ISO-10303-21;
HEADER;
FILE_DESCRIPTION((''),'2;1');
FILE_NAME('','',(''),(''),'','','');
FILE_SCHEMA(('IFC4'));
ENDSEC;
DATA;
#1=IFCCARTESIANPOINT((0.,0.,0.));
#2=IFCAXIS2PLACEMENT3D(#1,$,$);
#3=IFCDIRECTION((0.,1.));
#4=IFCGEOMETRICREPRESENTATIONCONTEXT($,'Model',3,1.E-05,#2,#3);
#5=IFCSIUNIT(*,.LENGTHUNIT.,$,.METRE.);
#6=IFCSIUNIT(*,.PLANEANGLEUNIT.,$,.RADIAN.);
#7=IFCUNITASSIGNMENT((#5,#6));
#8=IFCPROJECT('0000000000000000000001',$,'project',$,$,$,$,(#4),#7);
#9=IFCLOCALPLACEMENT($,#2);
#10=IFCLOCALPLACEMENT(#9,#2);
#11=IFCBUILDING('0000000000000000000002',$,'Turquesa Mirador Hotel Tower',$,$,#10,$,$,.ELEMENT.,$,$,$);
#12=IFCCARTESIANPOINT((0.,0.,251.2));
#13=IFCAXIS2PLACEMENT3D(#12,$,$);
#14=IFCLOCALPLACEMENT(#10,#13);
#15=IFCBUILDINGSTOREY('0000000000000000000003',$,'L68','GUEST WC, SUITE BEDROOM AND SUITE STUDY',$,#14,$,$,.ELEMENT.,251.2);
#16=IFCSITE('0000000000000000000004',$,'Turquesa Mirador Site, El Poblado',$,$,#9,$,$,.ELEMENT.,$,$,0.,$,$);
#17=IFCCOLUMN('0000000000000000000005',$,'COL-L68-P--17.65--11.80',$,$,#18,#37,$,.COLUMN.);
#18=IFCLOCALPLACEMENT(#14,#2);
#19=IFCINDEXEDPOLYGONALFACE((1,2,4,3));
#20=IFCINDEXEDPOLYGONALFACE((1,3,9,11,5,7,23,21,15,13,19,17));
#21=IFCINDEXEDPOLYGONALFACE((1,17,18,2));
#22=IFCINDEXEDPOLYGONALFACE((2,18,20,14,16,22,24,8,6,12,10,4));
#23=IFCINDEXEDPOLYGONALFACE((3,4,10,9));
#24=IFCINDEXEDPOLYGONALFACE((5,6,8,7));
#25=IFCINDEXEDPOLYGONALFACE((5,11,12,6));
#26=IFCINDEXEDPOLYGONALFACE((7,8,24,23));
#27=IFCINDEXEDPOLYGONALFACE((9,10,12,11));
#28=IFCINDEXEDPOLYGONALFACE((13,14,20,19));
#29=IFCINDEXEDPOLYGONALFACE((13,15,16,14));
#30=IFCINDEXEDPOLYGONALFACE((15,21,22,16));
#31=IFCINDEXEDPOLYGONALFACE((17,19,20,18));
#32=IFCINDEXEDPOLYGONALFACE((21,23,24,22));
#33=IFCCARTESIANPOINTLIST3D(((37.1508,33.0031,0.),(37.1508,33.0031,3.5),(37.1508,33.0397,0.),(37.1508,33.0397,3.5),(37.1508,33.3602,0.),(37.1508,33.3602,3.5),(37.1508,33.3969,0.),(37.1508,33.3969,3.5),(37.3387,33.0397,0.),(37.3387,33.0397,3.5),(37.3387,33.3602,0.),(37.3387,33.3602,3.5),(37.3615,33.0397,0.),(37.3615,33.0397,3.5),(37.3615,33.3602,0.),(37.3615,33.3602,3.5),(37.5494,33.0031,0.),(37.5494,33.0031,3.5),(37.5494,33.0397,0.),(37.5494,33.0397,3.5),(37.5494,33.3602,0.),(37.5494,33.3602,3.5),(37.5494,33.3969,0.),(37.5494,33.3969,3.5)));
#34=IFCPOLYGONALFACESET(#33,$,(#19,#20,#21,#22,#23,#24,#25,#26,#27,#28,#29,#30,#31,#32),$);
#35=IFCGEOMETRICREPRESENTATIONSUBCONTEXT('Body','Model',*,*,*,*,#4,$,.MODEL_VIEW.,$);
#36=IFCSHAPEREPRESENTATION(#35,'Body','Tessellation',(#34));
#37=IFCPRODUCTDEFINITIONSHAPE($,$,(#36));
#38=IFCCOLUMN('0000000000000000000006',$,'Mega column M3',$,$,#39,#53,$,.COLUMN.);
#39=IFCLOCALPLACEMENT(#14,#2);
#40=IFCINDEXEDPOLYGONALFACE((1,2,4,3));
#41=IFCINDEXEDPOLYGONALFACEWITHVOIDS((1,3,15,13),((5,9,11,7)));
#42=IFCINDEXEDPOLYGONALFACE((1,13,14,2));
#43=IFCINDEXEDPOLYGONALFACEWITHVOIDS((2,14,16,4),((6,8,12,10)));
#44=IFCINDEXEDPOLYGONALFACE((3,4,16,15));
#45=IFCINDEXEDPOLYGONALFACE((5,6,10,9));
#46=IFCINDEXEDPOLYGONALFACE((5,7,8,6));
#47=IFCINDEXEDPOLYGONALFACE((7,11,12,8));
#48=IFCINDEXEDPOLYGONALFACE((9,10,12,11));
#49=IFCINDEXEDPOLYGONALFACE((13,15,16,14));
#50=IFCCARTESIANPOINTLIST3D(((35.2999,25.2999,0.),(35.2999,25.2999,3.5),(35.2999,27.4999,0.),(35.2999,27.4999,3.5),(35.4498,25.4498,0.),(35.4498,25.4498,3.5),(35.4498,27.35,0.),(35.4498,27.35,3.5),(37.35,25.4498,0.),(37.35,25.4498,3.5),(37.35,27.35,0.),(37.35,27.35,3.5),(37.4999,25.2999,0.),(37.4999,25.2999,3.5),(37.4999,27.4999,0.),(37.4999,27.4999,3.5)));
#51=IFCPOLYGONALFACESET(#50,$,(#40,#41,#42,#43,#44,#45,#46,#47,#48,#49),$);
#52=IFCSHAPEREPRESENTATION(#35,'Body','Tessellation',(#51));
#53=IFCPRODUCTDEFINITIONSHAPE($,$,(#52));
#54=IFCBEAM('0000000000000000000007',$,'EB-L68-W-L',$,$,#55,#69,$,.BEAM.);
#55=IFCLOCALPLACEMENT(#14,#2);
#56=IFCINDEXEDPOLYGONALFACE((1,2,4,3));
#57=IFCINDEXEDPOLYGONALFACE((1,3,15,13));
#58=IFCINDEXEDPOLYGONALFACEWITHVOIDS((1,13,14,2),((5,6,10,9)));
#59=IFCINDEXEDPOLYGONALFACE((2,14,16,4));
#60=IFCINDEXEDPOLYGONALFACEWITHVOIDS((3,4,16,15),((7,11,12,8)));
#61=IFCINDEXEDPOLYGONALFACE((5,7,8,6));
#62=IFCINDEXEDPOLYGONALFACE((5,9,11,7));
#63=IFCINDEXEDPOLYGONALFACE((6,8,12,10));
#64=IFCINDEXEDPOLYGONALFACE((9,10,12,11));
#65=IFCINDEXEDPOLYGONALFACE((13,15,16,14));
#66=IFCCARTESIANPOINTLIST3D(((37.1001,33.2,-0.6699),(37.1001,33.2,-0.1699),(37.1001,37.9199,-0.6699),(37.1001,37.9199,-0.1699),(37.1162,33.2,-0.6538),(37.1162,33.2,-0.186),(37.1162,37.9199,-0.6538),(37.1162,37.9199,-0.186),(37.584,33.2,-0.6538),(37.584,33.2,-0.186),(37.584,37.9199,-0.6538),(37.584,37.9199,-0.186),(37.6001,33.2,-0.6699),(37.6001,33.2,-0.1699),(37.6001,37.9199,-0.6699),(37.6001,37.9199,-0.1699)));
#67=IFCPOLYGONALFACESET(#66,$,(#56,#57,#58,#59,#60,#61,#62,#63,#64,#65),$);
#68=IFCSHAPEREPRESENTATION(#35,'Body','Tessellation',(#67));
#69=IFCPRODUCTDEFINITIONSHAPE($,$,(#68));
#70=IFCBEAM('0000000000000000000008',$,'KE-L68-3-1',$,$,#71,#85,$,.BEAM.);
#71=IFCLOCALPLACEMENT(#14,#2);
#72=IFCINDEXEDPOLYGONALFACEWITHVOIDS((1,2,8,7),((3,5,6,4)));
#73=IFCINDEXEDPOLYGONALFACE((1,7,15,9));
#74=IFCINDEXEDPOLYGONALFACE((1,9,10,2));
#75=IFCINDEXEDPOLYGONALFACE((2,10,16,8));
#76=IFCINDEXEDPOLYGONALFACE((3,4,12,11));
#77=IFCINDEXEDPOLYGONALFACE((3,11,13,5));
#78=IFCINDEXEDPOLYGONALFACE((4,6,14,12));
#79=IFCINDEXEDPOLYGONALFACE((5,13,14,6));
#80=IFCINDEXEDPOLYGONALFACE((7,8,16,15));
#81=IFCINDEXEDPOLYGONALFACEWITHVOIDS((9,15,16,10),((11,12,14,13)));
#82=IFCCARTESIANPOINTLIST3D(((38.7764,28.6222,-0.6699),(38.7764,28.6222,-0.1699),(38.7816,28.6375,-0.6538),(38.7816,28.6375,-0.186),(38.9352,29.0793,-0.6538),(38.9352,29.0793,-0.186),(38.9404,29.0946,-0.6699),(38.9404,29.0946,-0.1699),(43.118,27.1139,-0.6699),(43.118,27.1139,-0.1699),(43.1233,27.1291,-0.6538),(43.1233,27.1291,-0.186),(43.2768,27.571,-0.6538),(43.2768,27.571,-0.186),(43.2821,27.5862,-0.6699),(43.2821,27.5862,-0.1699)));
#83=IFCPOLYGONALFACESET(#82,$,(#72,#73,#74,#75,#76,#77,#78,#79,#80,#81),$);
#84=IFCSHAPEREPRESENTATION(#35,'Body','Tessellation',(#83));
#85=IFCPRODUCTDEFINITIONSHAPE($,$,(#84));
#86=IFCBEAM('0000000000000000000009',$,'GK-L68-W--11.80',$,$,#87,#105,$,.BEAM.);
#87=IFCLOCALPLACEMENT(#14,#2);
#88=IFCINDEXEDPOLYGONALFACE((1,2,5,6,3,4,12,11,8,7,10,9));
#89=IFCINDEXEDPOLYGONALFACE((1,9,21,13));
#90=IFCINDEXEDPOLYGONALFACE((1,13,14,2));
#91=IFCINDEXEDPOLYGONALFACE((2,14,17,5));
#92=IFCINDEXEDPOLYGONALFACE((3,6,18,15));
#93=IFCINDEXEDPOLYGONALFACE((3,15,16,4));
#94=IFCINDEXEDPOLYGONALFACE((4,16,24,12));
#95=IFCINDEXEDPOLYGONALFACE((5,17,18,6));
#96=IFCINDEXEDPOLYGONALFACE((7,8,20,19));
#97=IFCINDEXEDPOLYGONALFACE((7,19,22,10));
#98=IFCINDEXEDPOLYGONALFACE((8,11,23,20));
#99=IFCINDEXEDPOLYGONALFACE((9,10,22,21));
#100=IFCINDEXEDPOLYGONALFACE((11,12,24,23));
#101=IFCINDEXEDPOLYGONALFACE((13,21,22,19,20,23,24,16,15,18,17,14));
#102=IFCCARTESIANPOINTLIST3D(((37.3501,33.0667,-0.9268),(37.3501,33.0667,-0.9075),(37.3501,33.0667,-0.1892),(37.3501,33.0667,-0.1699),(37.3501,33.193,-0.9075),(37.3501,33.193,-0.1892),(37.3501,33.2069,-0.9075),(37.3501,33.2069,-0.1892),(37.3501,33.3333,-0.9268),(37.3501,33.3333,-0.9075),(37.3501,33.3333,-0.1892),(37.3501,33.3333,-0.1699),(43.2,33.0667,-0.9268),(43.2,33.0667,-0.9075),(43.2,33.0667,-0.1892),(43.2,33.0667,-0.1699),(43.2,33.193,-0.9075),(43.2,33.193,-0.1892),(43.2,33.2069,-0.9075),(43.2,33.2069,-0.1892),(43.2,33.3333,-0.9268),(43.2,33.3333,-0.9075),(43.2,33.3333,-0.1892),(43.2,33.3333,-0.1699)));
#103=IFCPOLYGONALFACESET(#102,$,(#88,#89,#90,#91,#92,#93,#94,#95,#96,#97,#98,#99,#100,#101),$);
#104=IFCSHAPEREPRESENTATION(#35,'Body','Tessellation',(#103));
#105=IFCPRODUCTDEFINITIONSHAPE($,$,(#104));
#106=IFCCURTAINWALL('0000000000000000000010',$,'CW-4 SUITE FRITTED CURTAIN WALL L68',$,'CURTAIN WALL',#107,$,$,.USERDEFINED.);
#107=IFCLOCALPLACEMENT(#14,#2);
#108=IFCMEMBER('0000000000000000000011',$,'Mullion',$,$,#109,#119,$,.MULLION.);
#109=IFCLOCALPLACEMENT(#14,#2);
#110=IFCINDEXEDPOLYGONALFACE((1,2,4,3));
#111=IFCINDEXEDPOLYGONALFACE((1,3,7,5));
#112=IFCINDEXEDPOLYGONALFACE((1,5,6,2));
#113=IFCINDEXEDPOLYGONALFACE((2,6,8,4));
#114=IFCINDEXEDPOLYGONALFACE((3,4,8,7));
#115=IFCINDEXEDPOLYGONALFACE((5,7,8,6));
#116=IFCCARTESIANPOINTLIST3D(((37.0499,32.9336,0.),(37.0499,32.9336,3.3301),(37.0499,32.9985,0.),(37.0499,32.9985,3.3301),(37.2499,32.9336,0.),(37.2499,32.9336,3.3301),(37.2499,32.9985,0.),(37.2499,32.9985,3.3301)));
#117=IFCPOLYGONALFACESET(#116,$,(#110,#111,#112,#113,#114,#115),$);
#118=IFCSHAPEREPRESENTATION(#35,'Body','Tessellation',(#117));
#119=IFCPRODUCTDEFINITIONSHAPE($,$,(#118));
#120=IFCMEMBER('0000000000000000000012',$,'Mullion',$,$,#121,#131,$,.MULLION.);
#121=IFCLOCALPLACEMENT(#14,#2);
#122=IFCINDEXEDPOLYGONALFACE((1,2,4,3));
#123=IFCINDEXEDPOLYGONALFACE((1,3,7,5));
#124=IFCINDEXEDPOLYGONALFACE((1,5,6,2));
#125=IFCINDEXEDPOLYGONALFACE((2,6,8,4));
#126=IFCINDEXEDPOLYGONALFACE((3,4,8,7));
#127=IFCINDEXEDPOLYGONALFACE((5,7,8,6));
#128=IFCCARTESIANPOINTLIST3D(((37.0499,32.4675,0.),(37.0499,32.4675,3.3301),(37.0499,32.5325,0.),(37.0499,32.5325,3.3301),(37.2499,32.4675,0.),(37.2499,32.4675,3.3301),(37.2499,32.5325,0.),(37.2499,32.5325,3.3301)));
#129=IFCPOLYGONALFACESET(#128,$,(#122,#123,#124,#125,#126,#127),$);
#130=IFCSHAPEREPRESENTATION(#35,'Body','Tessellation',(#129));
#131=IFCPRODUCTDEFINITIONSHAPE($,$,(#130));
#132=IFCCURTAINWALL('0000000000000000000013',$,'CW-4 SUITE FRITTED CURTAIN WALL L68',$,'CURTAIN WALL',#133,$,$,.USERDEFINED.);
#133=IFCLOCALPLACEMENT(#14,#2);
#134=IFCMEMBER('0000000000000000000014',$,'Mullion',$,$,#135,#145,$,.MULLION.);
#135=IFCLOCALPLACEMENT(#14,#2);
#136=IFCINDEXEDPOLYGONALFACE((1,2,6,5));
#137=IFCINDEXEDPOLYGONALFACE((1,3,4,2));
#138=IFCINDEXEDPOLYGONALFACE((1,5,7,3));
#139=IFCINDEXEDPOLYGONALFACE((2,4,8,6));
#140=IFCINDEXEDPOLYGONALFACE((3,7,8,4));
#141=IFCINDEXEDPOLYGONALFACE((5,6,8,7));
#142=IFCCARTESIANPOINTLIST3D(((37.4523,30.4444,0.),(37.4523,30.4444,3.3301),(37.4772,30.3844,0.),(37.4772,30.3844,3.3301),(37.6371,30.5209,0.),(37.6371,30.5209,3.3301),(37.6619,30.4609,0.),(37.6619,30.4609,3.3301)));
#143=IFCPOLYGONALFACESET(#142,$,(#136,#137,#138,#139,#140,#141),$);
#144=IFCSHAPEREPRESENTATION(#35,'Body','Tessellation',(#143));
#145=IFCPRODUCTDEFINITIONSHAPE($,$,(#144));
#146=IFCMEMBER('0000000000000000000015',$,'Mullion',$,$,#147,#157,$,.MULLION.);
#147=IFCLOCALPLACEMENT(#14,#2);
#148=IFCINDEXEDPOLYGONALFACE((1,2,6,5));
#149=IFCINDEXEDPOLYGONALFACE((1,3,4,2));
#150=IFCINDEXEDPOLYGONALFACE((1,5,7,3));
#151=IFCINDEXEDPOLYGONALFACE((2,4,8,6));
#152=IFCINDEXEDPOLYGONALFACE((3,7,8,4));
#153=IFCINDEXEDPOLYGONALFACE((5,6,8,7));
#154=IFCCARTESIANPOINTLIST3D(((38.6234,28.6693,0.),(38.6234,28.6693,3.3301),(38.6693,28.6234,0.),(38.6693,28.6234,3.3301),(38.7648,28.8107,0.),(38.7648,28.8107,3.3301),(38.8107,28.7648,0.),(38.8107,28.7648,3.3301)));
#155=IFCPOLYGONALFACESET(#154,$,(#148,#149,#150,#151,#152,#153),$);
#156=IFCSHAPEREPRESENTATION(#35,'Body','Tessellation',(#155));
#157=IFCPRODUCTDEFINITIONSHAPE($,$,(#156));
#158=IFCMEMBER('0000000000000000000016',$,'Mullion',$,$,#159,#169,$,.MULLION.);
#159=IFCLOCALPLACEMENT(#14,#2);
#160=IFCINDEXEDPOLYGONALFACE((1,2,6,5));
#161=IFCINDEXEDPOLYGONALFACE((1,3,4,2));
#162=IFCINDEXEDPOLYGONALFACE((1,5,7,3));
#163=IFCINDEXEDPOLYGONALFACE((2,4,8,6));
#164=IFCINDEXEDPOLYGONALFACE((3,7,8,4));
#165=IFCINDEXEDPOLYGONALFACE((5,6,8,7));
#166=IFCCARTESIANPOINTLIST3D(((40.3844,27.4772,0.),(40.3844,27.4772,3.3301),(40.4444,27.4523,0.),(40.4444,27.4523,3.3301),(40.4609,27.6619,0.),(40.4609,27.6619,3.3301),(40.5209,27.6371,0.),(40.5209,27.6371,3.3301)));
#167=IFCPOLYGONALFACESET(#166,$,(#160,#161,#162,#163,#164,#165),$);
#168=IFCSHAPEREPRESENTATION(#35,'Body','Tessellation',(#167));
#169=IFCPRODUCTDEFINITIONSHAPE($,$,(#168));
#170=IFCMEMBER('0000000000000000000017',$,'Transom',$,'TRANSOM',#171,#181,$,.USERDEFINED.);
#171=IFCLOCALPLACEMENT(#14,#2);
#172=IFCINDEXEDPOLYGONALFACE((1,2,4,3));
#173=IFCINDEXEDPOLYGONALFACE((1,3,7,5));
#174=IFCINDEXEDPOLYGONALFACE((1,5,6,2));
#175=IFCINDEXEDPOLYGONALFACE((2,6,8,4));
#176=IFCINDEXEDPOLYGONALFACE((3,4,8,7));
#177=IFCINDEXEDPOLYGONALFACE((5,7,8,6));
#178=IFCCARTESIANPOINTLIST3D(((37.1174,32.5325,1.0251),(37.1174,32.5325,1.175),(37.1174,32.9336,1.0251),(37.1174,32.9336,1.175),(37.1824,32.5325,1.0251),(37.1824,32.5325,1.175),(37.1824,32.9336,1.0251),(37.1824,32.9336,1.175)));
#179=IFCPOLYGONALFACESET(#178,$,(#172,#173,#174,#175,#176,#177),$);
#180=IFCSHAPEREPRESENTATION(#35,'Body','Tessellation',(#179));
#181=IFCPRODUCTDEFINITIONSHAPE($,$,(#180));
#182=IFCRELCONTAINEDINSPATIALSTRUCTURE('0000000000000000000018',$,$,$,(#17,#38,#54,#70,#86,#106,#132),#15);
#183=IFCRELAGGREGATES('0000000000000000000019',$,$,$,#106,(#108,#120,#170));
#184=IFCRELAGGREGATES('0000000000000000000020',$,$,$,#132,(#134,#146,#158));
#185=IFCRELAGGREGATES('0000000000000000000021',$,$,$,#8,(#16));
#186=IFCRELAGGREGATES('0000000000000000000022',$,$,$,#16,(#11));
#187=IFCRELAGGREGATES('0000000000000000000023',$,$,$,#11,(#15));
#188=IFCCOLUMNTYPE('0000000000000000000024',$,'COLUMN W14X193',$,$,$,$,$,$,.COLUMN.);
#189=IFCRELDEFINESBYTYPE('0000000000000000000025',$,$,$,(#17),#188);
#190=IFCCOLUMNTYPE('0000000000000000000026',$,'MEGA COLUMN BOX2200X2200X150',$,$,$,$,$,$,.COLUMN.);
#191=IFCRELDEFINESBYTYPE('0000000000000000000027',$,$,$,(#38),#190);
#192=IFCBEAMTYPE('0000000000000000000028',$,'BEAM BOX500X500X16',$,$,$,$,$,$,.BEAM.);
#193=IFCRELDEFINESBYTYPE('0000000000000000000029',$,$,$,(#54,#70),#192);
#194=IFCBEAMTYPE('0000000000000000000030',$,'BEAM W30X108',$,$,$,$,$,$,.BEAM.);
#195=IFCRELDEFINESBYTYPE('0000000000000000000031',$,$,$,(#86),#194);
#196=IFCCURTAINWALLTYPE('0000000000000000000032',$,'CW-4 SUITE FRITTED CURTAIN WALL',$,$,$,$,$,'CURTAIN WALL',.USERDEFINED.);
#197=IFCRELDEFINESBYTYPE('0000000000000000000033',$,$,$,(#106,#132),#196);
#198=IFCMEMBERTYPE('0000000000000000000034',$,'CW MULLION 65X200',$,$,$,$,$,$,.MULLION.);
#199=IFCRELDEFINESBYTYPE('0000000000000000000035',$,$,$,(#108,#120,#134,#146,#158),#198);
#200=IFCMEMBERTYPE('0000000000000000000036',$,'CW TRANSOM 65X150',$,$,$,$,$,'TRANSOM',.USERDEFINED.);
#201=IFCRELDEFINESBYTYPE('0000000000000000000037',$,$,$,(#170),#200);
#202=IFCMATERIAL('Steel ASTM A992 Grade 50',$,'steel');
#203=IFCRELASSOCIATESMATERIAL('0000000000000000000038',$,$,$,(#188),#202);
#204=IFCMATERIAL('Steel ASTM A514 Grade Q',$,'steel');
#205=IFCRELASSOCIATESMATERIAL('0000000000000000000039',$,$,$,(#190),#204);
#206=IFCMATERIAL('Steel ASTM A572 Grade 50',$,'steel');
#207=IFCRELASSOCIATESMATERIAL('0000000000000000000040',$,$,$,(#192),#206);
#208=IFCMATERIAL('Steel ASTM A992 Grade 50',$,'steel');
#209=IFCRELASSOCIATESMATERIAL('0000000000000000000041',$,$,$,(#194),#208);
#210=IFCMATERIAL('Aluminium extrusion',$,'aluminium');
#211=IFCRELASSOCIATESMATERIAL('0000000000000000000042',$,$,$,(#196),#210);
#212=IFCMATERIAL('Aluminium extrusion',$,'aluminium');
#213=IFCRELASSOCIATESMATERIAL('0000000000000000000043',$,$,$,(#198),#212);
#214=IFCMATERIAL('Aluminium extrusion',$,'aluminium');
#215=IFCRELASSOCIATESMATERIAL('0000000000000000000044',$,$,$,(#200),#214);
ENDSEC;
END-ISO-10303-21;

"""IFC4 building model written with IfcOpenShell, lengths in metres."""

from ifc_helpers import new_model, si_unit, direction, frame, origin, origin_2d, place, context, subcontext, project, spatial, rectangle, hollow_rectangle, i_section, extrude, material, material_profile, profile_set, type_object, element, aggregate, save


model = new_model("IFC4")

# Units and contexts
model_context = context("Model", 3, precision=1e-05, world=origin(), true_north=direction((0.0, 1.0)))
body_context = subcontext(model_context, "Body", "Model", "MODEL_VIEW")
ifc_project = project(units=[si_unit("LENGTHUNIT", "METRE"), si_unit("PLANEANGLEUNIT", "RADIAN")], contexts=[model_context])

# Site, building, storey
site_placement = place(None, origin())
site = spatial("IfcSite", under=ifc_project, at=site_placement, Name="Turquesa Mirador Site, El Poblado", CompositionType="ELEMENT", RefElevation=0.0)
building_placement = place(site_placement, origin())
building = spatial("IfcBuilding", under=site, at=building_placement, Name="Turquesa Mirador Hotel Tower", CompositionType="ELEMENT")
storey_placement = place(building_placement, frame((0.0, 0.0, 251.2)))
storey = spatial("IfcBuildingStorey", under=building, at=storey_placement, Name="L68", Description="GUEST WC, SUITE BEDROOM AND SUITE STUDY", CompositionType="ELEMENT", Elevation=251.2)

# Columns
ifc_material_1 = material(Name="Steel ASTM A992 Grade 50", Category="steel")
ifc_material_profile_1 = material_profile(ifc_material_1, i_section(OverallWidth=0.3987, OverallDepth=0.3938, WebThickness=0.0227, FlangeThickness=0.0366, at=origin_2d()), Name="W14X193")
ifc_profile_set_1 = profile_set([ifc_material_profile_1], Name="Steel ASTM A992 Grade 50")
column_type_1 = type_object("IfcColumnType", Name="COLUMN W14X193", PredefinedType="COLUMN", material=ifc_profile_set_1)
column_1_placement = place(storey_placement, frame((37.3501, 33.2, 0.0), z_axis=(0.0, 0.0, 1.0), x_axis=(1.0, 0.0, 0.0)))
element("IfcColumn", 1, at=column_1_placement, inside=storey, type_object=column_type_1, Name="COL-L68-P--17.65--11.80", PredefinedType="COLUMN", context=body_context, shape_type="SweptSolid", body=[
    extrude(i_section(OverallWidth=0.3987, OverallDepth=0.3938, WebThickness=0.0227, FlangeThickness=0.0366, at=origin_2d()), origin(), (0.0, 0.0, 1.0), 3.5),
])
ifc_material_2 = material(Name="Steel ASTM A514 Grade Q", Category="steel")
ifc_material_profile_2 = material_profile(ifc_material_2, hollow_rectangle(XDim=2.2, YDim=2.2, WallThickness=0.1499, at=origin_2d()), Name="BOX2200X2200X150")
ifc_profile_set_2 = profile_set([ifc_material_profile_2], Name="Steel ASTM A514 Grade Q")
column_type_2 = type_object("IfcColumnType", Name="MEGA COLUMN BOX2200X2200X150", PredefinedType="COLUMN", material=ifc_profile_set_2)
column_2_placement = place(storey_placement, frame((36.3999, 26.3999, 0.0), z_axis=(0.0, 0.0, 1.0), x_axis=(1.0, 0.0, 0.0)))
element("IfcColumn", 2, at=column_2_placement, inside=storey, type_object=column_type_2, Name="Mega column M3", PredefinedType="COLUMN", context=body_context, shape_type="SweptSolid", body=[
    extrude(hollow_rectangle(XDim=2.2, YDim=2.2, WallThickness=0.1499, at=origin_2d()), origin(), (0.0, 0.0, 1.0), 3.5),
])

# Beams
ifc_material_3 = material(Name="Steel ASTM A572 Grade 50", Category="steel")
ifc_material_profile_3 = material_profile(ifc_material_3, hollow_rectangle(XDim=0.5, YDim=0.5, WallThickness=0.0161, at=origin_2d()), Name="BOX500X500X16")
ifc_profile_set_3 = profile_set([ifc_material_profile_3], Name="Steel ASTM A572 Grade 50")
beam_type_1 = type_object("IfcBeamType", Name="BEAM BOX500X500X16", PredefinedType="BEAM", material=ifc_profile_set_3)
beam_1_placement = place(storey_placement, frame((37.3501, 33.2, -0.4199), z_axis=(0.0, 1.0, 0.0), x_axis=(-1.0, 0.0, 0.0)))
element("IfcBeam", 3, at=beam_1_placement, inside=storey, type_object=beam_type_1, Name="EB-L68-W-L", PredefinedType="BEAM", context=body_context, shape_type="SweptSolid", body=[
    extrude(hollow_rectangle(XDim=0.5, YDim=0.5, WallThickness=0.0161, at=origin_2d()), origin(), (0.0, 0.0, 1.0), 4.72),
])
beam_2_placement = place(storey_placement, frame((38.8584, 28.8584, -0.4199), z_axis=(0.944619, -0.32817, 0.0), x_axis=(0.32817, 0.944619, 0.0)))
element("IfcBeam", 4, at=beam_2_placement, inside=storey, type_object=beam_type_1, Name="KE-L68-3-1", PredefinedType="BEAM", context=body_context, shape_type="SweptSolid", body=[
    extrude(hollow_rectangle(XDim=0.5, YDim=0.5, WallThickness=0.0161, at=origin_2d()), origin(), (0.0, 0.0, 1.0), 4.5962),
])
ifc_material_4 = material(Name="Steel ASTM A992 Grade 50", Category="steel")
ifc_material_profile_4 = material_profile(ifc_material_4, i_section(OverallWidth=0.2666, OverallDepth=0.7568, WebThickness=0.0139, FlangeThickness=0.0193, at=origin_2d()), Name="W30X108")
ifc_profile_set_4 = profile_set([ifc_material_profile_4], Name="Steel ASTM A992 Grade 50")
beam_type_2 = type_object("IfcBeamType", Name="BEAM W30X108", PredefinedType="BEAM", material=ifc_profile_set_4)
beam_3_placement = place(storey_placement, frame((37.3501, 33.2, -0.5483), z_axis=(1.0, 0.0, 0.0), x_axis=(0.0, 1.0, 0.0)))
element("IfcBeam", 5, at=beam_3_placement, inside=storey, type_object=beam_type_2, Name="GK-L68-W--11.80", PredefinedType="BEAM", context=body_context, shape_type="SweptSolid", body=[
    extrude(i_section(OverallWidth=0.2666, OverallDepth=0.7568, WebThickness=0.0139, FlangeThickness=0.0193, at=origin_2d()), origin(), (0.0, 0.0, 1.0), 5.8499),
])

# Curtain walls, members
ifc_material_5 = material(Name="Aluminium extrusion", Category="aluminium")
curtain_wall_type = type_object("IfcCurtainWallType", Name="CW-4 SUITE FRITTED CURTAIN WALL", ElementType="CURTAIN WALL", PredefinedType="USERDEFINED", material=ifc_material_5)
curtain_wall_1_placement = place(storey_placement, origin())
curtain_wall_1 = element("IfcCurtainWall", 6, at=curtain_wall_1_placement, inside=storey, type_object=curtain_wall_type, Name="CW-4 SUITE FRITTED CURTAIN WALL L68", ObjectType="CURTAIN WALL", PredefinedType="USERDEFINED")
ifc_material_6 = material(Name="Aluminium extrusion", Category="aluminium")
ifc_material_profile_5 = material_profile(ifc_material_6, rectangle(XDim=0.0649, YDim=0.2, at=origin_2d()), Name="MULLION 65X200")
ifc_profile_set_5 = profile_set([ifc_material_profile_5], Name="Aluminium extrusion")
member_type_1 = type_object("IfcMemberType", Name="CW MULLION 65X200", PredefinedType="MULLION", material=ifc_profile_set_5)
member_1_placement = place(storey_placement, frame((37.1499, 32.9661, 0.0), z_axis=(0.0, 0.0, 1.0), x_axis=(0.0, -1.0, 0.0)))
member_1 = element("IfcMember", 7, at=member_1_placement, type_object=member_type_1, Name="Mullion", PredefinedType="MULLION", context=body_context, shape_type="SweptSolid", body=[
    extrude(rectangle(XDim=0.0649, YDim=0.2, at=origin_2d()), origin(), (0.0, 0.0, 1.0), 3.3301),
])
member_2_placement = place(storey_placement, frame((37.1499, 32.5, 0.0), z_axis=(0.0, 0.0, 1.0), x_axis=(0.0, -1.0, 0.0)))
member_2 = element("IfcMember", 8, at=member_2_placement, type_object=member_type_1, Name="Mullion", PredefinedType="MULLION", context=body_context, shape_type="SweptSolid", body=[
    extrude(rectangle(XDim=0.0649, YDim=0.2, at=origin_2d()), origin(), (0.0, 0.0, 1.0), 3.3301),
])
curtain_wall_2_placement = place(storey_placement, origin())
curtain_wall_2 = element("IfcCurtainWall", 9, at=curtain_wall_2_placement, inside=storey, type_object=curtain_wall_type, Name="CW-4 SUITE FRITTED CURTAIN WALL L68", ObjectType="CURTAIN WALL", PredefinedType="USERDEFINED")
member_3_placement = place(storey_placement, frame((37.5571, 30.4526, 0.0), z_axis=(0.0, 0.0, 1.0), x_axis=(0.382683, -0.92388, 0.0)))
member_3 = element("IfcMember", 10, at=member_3_placement, type_object=member_type_1, Name="Mullion", PredefinedType="MULLION", context=body_context, shape_type="SweptSolid", body=[
    extrude(rectangle(XDim=0.0649, YDim=0.2, at=origin_2d()), origin(), (0.0, 0.0, 1.0), 3.3301),
])
member_4_placement = place(storey_placement, frame((38.717, 28.717, 0.0), z_axis=(0.0, 0.0, 1.0), x_axis=(0.707107, -0.707107, 0.0)))
member_4 = element("IfcMember", 11, at=member_4_placement, type_object=member_type_1, Name="Mullion", PredefinedType="MULLION", context=body_context, shape_type="SweptSolid", body=[
    extrude(rectangle(XDim=0.0649, YDim=0.2, at=origin_2d()), origin(), (0.0, 0.0, 1.0), 3.3301),
])
member_5_placement = place(storey_placement, frame((40.4526, 27.5571, 0.0), z_axis=(0.0, 0.0, 1.0), x_axis=(0.92388, -0.382683, 0.0)))
member_5 = element("IfcMember", 12, at=member_5_placement, type_object=member_type_1, Name="Mullion", PredefinedType="MULLION", context=body_context, shape_type="SweptSolid", body=[
    extrude(rectangle(XDim=0.0649, YDim=0.2, at=origin_2d()), origin(), (0.0, 0.0, 1.0), 3.3301),
])

# Member
ifc_material_7 = material(Name="Aluminium extrusion", Category="aluminium")
ifc_material_profile_6 = material_profile(ifc_material_7, rectangle(XDim=0.0649, YDim=0.1499, at=origin_2d()), Name="TRANSOM 65X150")
ifc_profile_set_6 = profile_set([ifc_material_profile_6], Name="Aluminium extrusion")
member_type_2 = type_object("IfcMemberType", Name="CW TRANSOM 65X150", ElementType="TRANSOM", PredefinedType="USERDEFINED", material=ifc_profile_set_6)
member_6_placement = place(storey_placement, frame((37.1499, 32.9336, 1.1001), z_axis=(0.0, -1.0, 0.0), x_axis=(1.0, 0.0, 0.0)))
member_6 = element("IfcMember", 13, at=member_6_placement, type_object=member_type_2, Name="Transom", ObjectType="TRANSOM", PredefinedType="USERDEFINED", context=body_context, shape_type="SweptSolid", body=[
    extrude(rectangle(XDim=0.0649, YDim=0.1499, at=origin_2d()), origin(), (0.0, 0.0, 1.0), 0.4011),
])

aggregate(curtain_wall_1, [member_1, member_2, member_6])
aggregate(curtain_wall_2, [member_3, member_4, member_5])

save(model, "model.ifc")
